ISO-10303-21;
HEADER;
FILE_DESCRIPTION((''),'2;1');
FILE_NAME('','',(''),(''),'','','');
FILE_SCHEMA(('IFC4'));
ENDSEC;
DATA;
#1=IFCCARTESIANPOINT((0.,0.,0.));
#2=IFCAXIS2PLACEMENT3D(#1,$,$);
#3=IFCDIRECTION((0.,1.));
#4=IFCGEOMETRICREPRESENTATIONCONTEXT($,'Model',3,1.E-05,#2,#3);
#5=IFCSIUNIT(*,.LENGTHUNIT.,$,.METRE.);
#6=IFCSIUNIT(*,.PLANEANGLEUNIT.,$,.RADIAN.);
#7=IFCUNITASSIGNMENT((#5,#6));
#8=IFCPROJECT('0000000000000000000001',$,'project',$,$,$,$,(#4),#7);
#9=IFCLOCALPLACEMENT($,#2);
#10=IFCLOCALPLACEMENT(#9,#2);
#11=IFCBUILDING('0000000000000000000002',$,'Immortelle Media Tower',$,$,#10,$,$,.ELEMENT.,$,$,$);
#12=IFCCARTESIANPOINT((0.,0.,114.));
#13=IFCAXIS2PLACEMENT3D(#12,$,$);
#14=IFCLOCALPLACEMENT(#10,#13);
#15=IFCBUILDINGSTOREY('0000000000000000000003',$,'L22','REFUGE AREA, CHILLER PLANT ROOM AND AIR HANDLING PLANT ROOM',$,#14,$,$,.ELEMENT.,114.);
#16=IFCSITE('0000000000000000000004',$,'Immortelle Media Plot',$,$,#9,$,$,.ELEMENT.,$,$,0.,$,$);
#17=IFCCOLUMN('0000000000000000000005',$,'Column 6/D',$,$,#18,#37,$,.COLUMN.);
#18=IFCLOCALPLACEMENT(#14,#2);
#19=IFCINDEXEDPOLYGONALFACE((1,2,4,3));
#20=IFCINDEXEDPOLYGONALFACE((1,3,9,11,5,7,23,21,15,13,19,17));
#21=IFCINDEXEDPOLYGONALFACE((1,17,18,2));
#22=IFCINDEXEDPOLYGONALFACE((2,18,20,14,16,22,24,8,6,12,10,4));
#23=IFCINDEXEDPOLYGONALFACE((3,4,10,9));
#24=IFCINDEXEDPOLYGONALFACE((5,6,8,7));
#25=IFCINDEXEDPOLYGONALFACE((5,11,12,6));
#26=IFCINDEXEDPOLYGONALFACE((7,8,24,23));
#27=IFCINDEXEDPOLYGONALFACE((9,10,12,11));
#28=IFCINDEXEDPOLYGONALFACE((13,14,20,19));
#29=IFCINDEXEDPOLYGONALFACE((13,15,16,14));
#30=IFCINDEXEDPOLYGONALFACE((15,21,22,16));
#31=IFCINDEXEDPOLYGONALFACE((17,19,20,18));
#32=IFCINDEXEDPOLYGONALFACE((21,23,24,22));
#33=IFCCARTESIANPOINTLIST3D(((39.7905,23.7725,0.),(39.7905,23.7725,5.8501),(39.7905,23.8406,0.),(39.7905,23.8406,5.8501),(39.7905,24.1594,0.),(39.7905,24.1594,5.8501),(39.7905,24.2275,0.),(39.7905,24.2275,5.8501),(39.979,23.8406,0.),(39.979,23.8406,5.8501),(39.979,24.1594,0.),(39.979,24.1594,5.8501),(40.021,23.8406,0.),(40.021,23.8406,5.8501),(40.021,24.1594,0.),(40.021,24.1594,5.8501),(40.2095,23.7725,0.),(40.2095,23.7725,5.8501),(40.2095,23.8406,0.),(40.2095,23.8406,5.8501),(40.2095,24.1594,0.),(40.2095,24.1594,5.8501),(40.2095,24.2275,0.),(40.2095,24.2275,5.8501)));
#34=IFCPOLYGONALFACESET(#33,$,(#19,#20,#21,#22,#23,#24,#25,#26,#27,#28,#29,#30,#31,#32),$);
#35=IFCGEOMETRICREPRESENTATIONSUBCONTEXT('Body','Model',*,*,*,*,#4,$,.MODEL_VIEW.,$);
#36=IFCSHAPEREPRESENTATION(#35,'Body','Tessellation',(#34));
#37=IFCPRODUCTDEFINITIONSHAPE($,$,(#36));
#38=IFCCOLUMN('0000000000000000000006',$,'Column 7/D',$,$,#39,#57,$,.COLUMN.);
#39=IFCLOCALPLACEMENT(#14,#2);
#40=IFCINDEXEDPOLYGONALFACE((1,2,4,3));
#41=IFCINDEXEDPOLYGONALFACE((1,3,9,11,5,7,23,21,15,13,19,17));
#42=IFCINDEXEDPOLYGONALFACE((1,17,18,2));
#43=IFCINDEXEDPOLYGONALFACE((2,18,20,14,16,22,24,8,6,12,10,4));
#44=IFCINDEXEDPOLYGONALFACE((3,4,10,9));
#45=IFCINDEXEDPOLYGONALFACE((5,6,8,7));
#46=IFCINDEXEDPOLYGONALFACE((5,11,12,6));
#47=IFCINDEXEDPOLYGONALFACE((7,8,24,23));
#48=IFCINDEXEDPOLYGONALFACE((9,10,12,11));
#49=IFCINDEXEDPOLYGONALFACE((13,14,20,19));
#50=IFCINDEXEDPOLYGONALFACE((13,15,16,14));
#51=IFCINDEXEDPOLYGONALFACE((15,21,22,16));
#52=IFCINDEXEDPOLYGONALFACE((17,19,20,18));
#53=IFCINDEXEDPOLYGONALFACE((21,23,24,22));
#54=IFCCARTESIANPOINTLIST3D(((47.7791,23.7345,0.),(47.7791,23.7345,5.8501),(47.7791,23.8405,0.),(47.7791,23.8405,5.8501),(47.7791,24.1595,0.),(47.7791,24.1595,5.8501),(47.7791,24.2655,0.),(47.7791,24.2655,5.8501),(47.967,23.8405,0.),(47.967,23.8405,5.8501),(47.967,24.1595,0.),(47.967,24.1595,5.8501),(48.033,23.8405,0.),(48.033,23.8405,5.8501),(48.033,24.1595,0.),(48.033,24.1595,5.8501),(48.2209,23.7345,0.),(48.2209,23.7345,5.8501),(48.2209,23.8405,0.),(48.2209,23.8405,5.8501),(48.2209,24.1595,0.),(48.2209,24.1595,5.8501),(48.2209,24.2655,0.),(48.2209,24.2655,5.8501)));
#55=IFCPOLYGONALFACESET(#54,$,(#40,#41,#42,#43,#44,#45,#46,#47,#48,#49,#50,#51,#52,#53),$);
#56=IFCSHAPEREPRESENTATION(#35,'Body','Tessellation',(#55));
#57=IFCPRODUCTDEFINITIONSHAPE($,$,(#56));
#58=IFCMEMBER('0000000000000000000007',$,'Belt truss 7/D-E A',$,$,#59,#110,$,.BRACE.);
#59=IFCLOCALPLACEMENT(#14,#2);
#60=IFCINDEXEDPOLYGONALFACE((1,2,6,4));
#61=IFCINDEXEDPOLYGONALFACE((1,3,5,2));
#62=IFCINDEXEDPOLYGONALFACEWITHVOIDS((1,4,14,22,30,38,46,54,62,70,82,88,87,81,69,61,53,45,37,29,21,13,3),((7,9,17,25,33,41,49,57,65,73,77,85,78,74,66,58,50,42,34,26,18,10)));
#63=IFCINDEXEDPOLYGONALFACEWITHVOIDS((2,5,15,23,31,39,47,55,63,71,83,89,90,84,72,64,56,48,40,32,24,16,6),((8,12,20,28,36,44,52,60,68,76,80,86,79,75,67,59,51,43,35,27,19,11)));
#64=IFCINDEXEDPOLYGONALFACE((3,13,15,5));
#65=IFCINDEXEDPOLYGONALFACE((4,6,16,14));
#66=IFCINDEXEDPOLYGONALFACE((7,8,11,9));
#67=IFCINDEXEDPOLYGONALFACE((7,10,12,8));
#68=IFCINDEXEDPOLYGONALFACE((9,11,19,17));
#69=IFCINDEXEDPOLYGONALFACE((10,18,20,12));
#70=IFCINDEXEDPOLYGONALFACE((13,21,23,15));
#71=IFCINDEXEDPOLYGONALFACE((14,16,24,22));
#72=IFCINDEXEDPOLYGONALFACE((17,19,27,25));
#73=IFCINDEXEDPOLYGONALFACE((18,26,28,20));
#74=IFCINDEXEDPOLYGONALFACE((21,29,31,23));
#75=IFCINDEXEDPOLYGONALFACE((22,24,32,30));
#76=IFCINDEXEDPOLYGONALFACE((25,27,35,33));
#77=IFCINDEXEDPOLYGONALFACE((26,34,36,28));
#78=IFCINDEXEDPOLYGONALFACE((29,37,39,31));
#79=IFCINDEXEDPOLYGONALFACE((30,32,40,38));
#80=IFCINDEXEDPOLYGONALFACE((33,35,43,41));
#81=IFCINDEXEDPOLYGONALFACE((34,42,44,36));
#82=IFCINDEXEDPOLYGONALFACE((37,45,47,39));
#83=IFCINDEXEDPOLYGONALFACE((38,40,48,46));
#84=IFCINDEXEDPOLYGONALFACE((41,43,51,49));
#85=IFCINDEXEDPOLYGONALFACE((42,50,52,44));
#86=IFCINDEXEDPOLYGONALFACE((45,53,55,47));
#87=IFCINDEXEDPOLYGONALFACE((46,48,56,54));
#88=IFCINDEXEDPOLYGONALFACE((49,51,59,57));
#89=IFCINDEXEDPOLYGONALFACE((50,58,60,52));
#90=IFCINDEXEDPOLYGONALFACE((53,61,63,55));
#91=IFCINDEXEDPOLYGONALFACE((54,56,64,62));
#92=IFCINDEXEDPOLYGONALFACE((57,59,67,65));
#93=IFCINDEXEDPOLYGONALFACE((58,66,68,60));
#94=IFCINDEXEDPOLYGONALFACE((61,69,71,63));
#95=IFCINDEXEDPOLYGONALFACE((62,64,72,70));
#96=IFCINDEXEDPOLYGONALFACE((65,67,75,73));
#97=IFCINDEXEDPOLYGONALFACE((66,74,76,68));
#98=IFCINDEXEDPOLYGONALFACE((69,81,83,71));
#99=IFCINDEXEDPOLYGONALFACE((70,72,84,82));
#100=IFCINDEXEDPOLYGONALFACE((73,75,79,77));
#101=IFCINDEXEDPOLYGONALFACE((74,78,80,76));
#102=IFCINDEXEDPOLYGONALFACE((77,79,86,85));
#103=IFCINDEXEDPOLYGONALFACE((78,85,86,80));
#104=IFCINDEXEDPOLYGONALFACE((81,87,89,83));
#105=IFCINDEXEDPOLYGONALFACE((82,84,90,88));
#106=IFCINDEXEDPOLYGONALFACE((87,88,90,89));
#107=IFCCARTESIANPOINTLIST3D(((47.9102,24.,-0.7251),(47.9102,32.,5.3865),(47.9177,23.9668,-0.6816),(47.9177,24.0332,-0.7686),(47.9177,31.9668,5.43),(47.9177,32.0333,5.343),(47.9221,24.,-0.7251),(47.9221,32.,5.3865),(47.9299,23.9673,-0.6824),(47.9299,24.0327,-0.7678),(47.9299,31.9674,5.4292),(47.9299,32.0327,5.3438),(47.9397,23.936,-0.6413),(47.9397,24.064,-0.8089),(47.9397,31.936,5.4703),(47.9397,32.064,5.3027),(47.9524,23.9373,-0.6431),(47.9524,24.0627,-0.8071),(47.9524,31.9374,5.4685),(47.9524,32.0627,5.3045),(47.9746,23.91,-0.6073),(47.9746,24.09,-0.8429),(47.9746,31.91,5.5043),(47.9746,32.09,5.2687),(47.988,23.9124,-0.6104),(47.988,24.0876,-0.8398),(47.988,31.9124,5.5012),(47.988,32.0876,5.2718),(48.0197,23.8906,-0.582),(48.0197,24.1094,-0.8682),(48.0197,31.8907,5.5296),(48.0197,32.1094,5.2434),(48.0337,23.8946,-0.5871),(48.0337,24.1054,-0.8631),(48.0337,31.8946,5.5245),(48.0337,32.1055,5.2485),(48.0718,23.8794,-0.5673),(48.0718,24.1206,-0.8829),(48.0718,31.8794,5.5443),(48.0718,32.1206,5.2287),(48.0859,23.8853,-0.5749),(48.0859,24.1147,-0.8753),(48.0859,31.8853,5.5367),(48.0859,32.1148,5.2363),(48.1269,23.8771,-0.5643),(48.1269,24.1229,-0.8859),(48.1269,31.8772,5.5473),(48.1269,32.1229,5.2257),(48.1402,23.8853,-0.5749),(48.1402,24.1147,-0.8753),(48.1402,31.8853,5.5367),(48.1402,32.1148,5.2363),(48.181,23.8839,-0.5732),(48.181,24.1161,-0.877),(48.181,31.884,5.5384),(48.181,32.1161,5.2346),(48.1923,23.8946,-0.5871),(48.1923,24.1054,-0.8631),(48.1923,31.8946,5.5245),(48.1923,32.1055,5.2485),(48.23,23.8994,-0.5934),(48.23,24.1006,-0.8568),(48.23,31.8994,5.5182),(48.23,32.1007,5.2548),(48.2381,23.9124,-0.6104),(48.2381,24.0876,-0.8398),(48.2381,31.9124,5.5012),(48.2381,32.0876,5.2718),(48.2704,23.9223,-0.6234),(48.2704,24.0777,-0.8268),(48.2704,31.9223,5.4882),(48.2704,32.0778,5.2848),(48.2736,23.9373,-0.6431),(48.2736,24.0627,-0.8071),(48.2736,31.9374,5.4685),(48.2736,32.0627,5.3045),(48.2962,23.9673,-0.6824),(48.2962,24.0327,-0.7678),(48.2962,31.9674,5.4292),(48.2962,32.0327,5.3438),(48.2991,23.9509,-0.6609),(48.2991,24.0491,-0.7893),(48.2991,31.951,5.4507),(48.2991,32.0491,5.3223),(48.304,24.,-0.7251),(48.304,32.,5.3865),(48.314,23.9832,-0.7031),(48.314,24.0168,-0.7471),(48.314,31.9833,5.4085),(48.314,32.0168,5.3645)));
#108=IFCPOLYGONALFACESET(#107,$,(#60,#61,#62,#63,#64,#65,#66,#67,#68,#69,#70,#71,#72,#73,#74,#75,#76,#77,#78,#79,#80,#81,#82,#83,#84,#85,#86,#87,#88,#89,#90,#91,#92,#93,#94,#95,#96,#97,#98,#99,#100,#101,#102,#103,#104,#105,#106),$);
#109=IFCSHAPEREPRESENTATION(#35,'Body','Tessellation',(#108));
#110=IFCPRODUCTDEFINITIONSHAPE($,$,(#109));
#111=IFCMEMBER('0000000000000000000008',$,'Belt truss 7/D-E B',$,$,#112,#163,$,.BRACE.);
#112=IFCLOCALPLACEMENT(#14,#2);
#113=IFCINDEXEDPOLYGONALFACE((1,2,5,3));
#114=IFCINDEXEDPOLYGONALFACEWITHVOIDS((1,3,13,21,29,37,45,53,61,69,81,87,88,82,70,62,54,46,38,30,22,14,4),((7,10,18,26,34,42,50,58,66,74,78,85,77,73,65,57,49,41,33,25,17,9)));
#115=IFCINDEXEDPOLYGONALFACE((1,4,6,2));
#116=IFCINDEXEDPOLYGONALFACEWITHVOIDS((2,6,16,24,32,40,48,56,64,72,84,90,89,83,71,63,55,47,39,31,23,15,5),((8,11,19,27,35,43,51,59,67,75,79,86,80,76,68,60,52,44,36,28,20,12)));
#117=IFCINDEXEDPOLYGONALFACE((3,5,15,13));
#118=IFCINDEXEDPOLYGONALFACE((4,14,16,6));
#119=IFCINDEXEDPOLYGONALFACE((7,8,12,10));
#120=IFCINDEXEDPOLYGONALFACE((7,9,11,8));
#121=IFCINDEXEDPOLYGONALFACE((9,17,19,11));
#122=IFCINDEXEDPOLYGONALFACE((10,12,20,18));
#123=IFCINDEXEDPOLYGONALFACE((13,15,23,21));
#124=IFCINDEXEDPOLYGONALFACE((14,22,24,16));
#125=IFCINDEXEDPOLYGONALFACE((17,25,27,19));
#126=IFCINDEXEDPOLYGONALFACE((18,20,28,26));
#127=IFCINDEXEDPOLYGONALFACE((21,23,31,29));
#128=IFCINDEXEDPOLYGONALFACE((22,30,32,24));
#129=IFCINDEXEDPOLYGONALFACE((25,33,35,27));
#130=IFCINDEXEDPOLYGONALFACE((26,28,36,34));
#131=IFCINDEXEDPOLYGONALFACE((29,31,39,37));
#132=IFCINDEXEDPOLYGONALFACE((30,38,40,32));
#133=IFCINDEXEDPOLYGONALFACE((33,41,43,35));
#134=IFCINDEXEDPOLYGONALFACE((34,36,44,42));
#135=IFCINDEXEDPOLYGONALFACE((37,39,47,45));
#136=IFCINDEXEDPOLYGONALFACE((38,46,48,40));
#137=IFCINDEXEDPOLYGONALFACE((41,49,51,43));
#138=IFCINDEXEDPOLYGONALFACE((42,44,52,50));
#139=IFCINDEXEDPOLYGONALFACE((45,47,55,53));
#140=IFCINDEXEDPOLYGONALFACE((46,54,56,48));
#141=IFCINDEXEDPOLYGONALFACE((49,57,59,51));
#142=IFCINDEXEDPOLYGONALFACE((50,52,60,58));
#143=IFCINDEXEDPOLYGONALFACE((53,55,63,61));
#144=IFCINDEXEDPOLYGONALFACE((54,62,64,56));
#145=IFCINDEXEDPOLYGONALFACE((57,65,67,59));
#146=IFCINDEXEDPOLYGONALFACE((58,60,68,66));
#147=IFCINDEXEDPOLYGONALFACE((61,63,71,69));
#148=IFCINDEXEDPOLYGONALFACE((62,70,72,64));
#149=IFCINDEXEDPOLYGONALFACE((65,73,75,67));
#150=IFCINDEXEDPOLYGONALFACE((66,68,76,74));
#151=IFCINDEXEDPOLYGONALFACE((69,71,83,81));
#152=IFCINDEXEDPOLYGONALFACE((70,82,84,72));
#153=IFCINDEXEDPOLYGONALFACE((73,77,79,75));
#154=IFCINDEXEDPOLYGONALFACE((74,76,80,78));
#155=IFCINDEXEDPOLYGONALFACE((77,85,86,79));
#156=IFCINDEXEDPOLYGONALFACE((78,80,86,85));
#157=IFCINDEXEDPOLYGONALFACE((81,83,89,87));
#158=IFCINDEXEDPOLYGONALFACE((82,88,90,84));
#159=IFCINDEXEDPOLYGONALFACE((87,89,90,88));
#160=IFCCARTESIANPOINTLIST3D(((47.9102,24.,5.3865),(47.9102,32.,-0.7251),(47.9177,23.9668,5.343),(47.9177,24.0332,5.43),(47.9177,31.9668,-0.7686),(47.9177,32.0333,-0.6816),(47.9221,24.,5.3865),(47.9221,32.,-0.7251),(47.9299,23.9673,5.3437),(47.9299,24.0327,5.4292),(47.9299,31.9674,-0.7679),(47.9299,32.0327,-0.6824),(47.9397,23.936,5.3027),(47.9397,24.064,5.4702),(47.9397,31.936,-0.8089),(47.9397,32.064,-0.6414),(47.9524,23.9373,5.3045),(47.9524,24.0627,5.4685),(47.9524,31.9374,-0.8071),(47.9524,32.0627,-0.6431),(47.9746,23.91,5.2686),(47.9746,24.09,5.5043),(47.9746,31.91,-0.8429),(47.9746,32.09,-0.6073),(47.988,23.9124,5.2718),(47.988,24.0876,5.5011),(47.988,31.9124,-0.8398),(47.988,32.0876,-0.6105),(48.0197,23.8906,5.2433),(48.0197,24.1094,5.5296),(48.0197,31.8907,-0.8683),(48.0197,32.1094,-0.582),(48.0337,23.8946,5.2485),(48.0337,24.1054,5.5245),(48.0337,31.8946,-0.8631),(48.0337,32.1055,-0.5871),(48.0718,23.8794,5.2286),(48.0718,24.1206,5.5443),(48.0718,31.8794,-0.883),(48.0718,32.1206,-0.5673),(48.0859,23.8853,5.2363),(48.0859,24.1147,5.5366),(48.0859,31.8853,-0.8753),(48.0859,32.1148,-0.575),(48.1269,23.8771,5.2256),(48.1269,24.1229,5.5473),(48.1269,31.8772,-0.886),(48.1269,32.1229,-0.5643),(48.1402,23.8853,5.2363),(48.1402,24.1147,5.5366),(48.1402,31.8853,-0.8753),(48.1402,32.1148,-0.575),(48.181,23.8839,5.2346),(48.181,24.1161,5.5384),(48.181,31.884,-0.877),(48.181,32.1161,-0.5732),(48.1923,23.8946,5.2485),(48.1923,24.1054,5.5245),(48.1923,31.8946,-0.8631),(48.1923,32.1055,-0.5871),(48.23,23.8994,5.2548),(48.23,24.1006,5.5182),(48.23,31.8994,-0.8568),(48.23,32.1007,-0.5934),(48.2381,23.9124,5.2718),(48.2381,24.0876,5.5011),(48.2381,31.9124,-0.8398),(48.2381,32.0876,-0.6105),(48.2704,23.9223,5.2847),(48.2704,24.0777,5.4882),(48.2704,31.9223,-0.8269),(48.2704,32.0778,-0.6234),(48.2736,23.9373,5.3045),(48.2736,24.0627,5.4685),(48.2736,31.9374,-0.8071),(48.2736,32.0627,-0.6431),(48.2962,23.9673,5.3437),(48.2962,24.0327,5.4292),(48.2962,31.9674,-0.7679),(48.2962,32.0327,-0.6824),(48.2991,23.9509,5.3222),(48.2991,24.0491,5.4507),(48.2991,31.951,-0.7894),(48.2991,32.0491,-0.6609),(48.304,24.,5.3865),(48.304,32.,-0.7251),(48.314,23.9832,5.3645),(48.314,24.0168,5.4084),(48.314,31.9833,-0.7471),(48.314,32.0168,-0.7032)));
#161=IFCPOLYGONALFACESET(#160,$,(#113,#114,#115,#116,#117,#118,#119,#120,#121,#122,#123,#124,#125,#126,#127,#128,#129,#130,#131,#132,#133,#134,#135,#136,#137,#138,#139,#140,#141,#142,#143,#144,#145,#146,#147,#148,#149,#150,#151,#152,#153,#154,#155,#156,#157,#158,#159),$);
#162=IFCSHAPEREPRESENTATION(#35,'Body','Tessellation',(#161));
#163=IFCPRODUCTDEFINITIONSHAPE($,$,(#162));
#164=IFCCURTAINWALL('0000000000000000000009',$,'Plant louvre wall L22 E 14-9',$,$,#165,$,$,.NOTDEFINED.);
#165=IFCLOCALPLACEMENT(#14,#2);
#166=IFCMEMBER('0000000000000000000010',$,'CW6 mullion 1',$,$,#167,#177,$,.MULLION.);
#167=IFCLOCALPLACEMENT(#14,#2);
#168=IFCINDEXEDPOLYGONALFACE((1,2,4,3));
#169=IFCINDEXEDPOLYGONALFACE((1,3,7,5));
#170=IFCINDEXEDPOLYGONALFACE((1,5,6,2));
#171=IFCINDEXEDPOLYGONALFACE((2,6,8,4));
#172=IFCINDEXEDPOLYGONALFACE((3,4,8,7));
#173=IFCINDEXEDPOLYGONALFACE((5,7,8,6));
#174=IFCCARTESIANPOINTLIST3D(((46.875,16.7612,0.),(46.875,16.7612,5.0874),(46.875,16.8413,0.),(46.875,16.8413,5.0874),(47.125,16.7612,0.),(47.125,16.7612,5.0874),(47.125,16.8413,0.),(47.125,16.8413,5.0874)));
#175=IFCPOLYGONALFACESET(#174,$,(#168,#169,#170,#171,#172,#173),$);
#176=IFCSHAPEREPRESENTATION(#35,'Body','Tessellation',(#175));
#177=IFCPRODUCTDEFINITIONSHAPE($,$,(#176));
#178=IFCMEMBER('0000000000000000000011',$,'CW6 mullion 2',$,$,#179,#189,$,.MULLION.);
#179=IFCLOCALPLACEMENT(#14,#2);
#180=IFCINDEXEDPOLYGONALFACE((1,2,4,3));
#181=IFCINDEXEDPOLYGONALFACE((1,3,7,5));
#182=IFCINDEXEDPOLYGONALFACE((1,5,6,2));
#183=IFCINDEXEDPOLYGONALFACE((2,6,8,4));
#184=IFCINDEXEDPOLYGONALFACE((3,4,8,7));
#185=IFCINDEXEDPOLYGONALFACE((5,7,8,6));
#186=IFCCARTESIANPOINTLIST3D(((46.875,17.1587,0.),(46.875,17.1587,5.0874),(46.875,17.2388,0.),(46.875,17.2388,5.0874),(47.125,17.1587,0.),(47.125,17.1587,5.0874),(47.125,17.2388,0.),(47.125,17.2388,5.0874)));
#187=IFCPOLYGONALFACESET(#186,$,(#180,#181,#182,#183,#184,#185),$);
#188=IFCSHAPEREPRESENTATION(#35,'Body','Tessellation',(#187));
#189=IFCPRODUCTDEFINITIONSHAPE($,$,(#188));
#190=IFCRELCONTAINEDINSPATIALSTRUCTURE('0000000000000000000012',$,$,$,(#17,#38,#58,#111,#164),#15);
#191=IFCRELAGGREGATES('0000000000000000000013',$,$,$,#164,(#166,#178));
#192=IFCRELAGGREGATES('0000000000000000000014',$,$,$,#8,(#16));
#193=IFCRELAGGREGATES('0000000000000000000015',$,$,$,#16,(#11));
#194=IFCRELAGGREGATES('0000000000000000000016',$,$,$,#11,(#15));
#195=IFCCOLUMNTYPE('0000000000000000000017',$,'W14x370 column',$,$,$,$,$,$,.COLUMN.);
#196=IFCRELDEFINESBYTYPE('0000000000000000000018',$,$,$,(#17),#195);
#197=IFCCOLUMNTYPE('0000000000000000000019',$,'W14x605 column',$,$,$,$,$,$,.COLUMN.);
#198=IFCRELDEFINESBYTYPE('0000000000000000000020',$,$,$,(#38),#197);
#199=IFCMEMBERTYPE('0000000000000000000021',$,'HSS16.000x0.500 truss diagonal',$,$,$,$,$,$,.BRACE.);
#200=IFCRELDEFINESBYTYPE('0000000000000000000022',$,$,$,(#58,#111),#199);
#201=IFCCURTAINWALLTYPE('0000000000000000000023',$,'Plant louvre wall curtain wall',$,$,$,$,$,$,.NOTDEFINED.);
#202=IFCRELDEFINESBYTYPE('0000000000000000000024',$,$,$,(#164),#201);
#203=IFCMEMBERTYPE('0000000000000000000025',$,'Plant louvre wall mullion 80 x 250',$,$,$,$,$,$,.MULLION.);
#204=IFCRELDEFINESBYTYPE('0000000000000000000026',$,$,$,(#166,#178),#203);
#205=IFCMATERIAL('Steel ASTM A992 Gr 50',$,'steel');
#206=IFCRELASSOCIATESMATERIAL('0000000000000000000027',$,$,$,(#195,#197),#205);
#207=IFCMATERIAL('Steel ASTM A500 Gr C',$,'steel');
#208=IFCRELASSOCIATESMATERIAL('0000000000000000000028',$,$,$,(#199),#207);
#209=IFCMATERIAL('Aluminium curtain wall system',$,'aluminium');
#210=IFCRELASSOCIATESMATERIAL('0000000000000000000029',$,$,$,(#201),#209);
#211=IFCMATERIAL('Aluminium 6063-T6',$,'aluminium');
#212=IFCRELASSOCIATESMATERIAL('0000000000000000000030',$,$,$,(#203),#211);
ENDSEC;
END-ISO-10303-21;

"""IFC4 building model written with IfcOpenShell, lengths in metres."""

from ifc_helpers import new_model, si_unit, direction, frame, origin, origin_2d, place, context, subcontext, project, spatial, rectangle, hollow_circle, i_section, extrude, material, material_profile, profile_set, type_object, element, aggregate, save


model = new_model("IFC4")

# Units and contexts
model_context = context("Model", 3, precision=1e-05, world=origin(), true_north=direction((0.0, 1.0)))
body_context = subcontext(model_context, "Body", "Model", "MODEL_VIEW")
ifc_project = project(units=[si_unit("LENGTHUNIT", "METRE"), si_unit("PLANEANGLEUNIT", "RADIAN")], contexts=[model_context])

# Site, building, storey
site_placement = place(None, origin())
site = spatial("IfcSite", under=ifc_project, at=site_placement, Name="Immortelle Media Plot", CompositionType="ELEMENT", RefElevation=0.0)
building_placement = place(site_placement, origin())
building = spatial("IfcBuilding", under=site, at=building_placement, Name="Immortelle Media Tower", CompositionType="ELEMENT")
storey_placement = place(building_placement, frame((0.0, 0.0, 114.0)))
storey = spatial("IfcBuildingStorey", under=building, at=storey_placement, Name="L22", Description="REFUGE AREA, CHILLER PLANT ROOM AND AIR HANDLING PLANT ROOM", CompositionType="ELEMENT", Elevation=114.0)

# Columns
ifc_material_1 = material(Name="Steel ASTM A992 Gr 50", Category="steel")
ifc_material_profile_1 = material_profile(ifc_material_1, i_section(OverallWidth=0.4189, OverallDepth=0.4551, WebThickness=0.042, FlangeThickness=0.0681, at=origin_2d()), Name="W14x370")
ifc_profile_set_1 = profile_set([ifc_material_profile_1], Name="Steel ASTM A992 Gr 50")
column_type_1 = type_object("IfcColumnType", Name="W14x370 column", PredefinedType="COLUMN", material=ifc_profile_set_1)
column_1_placement = place(storey_placement, frame((40.0, 24.0, 0.0), z_axis=(0.0, 0.0, 1.0), x_axis=(1.0, 0.0, 0.0)))
element("IfcColumn", 1, at=column_1_placement, inside=storey, type_object=column_type_1, Name="Column 6/D", PredefinedType="COLUMN", context=body_context, shape_type="SweptSolid", body=[
    extrude(i_section(OverallWidth=0.4189, OverallDepth=0.4551, WebThickness=0.042, FlangeThickness=0.0681, at=origin_2d()), origin(), (0.0, 0.0, 1.0), 5.8501),
])
ifc_material_profile_2 = material_profile(ifc_material_1, i_section(OverallWidth=0.4419, OverallDepth=0.531, WebThickness=0.0659, FlangeThickness=0.106, at=origin_2d()), Name="W14x605")
ifc_profile_set_2 = profile_set([ifc_material_profile_2], Name="Steel ASTM A992 Gr 50")
column_type_2 = type_object("IfcColumnType", Name="W14x605 column", PredefinedType="COLUMN", material=ifc_profile_set_2)
column_2_placement = place(storey_placement, frame((48.0, 24.0, 0.0), z_axis=(0.0, 0.0, 1.0), x_axis=(1.0, 0.0, 0.0)))
element("IfcColumn", 2, at=column_2_placement, inside=storey, type_object=column_type_2, Name="Column 7/D", PredefinedType="COLUMN", context=body_context, shape_type="SweptSolid", body=[
    extrude(i_section(OverallWidth=0.4419, OverallDepth=0.531, WebThickness=0.0659, FlangeThickness=0.106, at=origin_2d()), origin(), (0.0, 0.0, 1.0), 5.8501),
])

# Members
ifc_material_2 = material(Name="Steel ASTM A500 Gr C", Category="steel")
ifc_material_profile_3 = material_profile(ifc_material_2, hollow_circle(Radius=0.2029, WallThickness=0.012, at=origin_2d()), Name="HSS16.000x0.500 truss diagonal")
ifc_profile_set_3 = profile_set([ifc_material_profile_3], Name="Steel ASTM A500 Gr C")
member_type_1 = type_object("IfcMemberType", Name="HSS16.000x0.500 truss diagonal", PredefinedType="BRACE", material=ifc_profile_set_3)
for number, where, z_axis, x_axis, name in (
    (3, (48.113, 24.0, -0.7251), (0.0, 0.794649, 0.607069), (-1.0, 0.0, 0.0), "Belt truss 7/D-E A"),
    (4, (48.113, 24.0, 5.3865), (0.0, 0.794649, -0.607069), (-1.0, 0.0, 0.0), "Belt truss 7/D-E B"),
):
    element("IfcMember", number, at=place(storey_placement, frame(where, z_axis=z_axis, x_axis=x_axis)), inside=storey, type_object=member_type_1, Name=name, PredefinedType="BRACE", context=body_context, shape_type="SweptSolid", body=[
        extrude(hollow_circle(Radius=0.2029, WallThickness=0.012, at=origin_2d()), origin(), (0.0, 0.0, 1.0), 10.0674),
    ])

# Curtain wall, members
ifc_material_3 = material(Name="Aluminium curtain wall system", Category="aluminium")
curtain_wall_type = type_object("IfcCurtainWallType", Name="Plant louvre wall curtain wall", PredefinedType="NOTDEFINED", material=ifc_material_3)
curtain_wall_1_placement = place(storey_placement, origin())
curtain_wall_1 = element("IfcCurtainWall", 5, at=curtain_wall_1_placement, inside=storey, type_object=curtain_wall_type, Name="Plant louvre wall L22 E 14-9", PredefinedType="NOTDEFINED")
ifc_material_4 = material(Name="Aluminium 6063-T6", Category="aluminium")
ifc_material_profile_4 = material_profile(ifc_material_4, rectangle(XDim=0.25, YDim=0.0801, at=origin_2d()), Name="AL 80x250")
ifc_profile_set_4 = profile_set([ifc_material_profile_4], Name="Aluminium 6063-T6")
member_type_2 = type_object("IfcMemberType", Name="Plant louvre wall mullion 80 x 250", PredefinedType="MULLION", material=ifc_profile_set_4)
member_1_placement = place(storey_placement, frame((47.0, 16.8013, 0.0), z_axis=(0.0, 0.0, 1.0), x_axis=(-1.0, 0.0, 0.0)))
member_1 = element("IfcMember", 6, at=member_1_placement, type_object=member_type_2, Name="CW6 mullion 1", PredefinedType="MULLION", context=body_context, shape_type="SweptSolid", body=[
    extrude(rectangle(XDim=0.25, YDim=0.0801, at=origin_2d()), origin(), (0.0, 0.0, 1.0), 5.0874),
])
member_2_placement = place(storey_placement, frame((47.0, 17.1987, 0.0), z_axis=(0.0, 0.0, 1.0), x_axis=(-1.0, 0.0, 0.0)))
member_2 = element("IfcMember", 7, at=member_2_placement, type_object=member_type_2, Name="CW6 mullion 2", PredefinedType="MULLION", context=body_context, shape_type="SweptSolid", body=[
    extrude(rectangle(XDim=0.25, YDim=0.0801, at=origin_2d()), origin(), (0.0, 0.0, 1.0), 5.0874),
])

aggregate(curtain_wall_1, [member_1, member_2])

save(model, "model.ifc")
